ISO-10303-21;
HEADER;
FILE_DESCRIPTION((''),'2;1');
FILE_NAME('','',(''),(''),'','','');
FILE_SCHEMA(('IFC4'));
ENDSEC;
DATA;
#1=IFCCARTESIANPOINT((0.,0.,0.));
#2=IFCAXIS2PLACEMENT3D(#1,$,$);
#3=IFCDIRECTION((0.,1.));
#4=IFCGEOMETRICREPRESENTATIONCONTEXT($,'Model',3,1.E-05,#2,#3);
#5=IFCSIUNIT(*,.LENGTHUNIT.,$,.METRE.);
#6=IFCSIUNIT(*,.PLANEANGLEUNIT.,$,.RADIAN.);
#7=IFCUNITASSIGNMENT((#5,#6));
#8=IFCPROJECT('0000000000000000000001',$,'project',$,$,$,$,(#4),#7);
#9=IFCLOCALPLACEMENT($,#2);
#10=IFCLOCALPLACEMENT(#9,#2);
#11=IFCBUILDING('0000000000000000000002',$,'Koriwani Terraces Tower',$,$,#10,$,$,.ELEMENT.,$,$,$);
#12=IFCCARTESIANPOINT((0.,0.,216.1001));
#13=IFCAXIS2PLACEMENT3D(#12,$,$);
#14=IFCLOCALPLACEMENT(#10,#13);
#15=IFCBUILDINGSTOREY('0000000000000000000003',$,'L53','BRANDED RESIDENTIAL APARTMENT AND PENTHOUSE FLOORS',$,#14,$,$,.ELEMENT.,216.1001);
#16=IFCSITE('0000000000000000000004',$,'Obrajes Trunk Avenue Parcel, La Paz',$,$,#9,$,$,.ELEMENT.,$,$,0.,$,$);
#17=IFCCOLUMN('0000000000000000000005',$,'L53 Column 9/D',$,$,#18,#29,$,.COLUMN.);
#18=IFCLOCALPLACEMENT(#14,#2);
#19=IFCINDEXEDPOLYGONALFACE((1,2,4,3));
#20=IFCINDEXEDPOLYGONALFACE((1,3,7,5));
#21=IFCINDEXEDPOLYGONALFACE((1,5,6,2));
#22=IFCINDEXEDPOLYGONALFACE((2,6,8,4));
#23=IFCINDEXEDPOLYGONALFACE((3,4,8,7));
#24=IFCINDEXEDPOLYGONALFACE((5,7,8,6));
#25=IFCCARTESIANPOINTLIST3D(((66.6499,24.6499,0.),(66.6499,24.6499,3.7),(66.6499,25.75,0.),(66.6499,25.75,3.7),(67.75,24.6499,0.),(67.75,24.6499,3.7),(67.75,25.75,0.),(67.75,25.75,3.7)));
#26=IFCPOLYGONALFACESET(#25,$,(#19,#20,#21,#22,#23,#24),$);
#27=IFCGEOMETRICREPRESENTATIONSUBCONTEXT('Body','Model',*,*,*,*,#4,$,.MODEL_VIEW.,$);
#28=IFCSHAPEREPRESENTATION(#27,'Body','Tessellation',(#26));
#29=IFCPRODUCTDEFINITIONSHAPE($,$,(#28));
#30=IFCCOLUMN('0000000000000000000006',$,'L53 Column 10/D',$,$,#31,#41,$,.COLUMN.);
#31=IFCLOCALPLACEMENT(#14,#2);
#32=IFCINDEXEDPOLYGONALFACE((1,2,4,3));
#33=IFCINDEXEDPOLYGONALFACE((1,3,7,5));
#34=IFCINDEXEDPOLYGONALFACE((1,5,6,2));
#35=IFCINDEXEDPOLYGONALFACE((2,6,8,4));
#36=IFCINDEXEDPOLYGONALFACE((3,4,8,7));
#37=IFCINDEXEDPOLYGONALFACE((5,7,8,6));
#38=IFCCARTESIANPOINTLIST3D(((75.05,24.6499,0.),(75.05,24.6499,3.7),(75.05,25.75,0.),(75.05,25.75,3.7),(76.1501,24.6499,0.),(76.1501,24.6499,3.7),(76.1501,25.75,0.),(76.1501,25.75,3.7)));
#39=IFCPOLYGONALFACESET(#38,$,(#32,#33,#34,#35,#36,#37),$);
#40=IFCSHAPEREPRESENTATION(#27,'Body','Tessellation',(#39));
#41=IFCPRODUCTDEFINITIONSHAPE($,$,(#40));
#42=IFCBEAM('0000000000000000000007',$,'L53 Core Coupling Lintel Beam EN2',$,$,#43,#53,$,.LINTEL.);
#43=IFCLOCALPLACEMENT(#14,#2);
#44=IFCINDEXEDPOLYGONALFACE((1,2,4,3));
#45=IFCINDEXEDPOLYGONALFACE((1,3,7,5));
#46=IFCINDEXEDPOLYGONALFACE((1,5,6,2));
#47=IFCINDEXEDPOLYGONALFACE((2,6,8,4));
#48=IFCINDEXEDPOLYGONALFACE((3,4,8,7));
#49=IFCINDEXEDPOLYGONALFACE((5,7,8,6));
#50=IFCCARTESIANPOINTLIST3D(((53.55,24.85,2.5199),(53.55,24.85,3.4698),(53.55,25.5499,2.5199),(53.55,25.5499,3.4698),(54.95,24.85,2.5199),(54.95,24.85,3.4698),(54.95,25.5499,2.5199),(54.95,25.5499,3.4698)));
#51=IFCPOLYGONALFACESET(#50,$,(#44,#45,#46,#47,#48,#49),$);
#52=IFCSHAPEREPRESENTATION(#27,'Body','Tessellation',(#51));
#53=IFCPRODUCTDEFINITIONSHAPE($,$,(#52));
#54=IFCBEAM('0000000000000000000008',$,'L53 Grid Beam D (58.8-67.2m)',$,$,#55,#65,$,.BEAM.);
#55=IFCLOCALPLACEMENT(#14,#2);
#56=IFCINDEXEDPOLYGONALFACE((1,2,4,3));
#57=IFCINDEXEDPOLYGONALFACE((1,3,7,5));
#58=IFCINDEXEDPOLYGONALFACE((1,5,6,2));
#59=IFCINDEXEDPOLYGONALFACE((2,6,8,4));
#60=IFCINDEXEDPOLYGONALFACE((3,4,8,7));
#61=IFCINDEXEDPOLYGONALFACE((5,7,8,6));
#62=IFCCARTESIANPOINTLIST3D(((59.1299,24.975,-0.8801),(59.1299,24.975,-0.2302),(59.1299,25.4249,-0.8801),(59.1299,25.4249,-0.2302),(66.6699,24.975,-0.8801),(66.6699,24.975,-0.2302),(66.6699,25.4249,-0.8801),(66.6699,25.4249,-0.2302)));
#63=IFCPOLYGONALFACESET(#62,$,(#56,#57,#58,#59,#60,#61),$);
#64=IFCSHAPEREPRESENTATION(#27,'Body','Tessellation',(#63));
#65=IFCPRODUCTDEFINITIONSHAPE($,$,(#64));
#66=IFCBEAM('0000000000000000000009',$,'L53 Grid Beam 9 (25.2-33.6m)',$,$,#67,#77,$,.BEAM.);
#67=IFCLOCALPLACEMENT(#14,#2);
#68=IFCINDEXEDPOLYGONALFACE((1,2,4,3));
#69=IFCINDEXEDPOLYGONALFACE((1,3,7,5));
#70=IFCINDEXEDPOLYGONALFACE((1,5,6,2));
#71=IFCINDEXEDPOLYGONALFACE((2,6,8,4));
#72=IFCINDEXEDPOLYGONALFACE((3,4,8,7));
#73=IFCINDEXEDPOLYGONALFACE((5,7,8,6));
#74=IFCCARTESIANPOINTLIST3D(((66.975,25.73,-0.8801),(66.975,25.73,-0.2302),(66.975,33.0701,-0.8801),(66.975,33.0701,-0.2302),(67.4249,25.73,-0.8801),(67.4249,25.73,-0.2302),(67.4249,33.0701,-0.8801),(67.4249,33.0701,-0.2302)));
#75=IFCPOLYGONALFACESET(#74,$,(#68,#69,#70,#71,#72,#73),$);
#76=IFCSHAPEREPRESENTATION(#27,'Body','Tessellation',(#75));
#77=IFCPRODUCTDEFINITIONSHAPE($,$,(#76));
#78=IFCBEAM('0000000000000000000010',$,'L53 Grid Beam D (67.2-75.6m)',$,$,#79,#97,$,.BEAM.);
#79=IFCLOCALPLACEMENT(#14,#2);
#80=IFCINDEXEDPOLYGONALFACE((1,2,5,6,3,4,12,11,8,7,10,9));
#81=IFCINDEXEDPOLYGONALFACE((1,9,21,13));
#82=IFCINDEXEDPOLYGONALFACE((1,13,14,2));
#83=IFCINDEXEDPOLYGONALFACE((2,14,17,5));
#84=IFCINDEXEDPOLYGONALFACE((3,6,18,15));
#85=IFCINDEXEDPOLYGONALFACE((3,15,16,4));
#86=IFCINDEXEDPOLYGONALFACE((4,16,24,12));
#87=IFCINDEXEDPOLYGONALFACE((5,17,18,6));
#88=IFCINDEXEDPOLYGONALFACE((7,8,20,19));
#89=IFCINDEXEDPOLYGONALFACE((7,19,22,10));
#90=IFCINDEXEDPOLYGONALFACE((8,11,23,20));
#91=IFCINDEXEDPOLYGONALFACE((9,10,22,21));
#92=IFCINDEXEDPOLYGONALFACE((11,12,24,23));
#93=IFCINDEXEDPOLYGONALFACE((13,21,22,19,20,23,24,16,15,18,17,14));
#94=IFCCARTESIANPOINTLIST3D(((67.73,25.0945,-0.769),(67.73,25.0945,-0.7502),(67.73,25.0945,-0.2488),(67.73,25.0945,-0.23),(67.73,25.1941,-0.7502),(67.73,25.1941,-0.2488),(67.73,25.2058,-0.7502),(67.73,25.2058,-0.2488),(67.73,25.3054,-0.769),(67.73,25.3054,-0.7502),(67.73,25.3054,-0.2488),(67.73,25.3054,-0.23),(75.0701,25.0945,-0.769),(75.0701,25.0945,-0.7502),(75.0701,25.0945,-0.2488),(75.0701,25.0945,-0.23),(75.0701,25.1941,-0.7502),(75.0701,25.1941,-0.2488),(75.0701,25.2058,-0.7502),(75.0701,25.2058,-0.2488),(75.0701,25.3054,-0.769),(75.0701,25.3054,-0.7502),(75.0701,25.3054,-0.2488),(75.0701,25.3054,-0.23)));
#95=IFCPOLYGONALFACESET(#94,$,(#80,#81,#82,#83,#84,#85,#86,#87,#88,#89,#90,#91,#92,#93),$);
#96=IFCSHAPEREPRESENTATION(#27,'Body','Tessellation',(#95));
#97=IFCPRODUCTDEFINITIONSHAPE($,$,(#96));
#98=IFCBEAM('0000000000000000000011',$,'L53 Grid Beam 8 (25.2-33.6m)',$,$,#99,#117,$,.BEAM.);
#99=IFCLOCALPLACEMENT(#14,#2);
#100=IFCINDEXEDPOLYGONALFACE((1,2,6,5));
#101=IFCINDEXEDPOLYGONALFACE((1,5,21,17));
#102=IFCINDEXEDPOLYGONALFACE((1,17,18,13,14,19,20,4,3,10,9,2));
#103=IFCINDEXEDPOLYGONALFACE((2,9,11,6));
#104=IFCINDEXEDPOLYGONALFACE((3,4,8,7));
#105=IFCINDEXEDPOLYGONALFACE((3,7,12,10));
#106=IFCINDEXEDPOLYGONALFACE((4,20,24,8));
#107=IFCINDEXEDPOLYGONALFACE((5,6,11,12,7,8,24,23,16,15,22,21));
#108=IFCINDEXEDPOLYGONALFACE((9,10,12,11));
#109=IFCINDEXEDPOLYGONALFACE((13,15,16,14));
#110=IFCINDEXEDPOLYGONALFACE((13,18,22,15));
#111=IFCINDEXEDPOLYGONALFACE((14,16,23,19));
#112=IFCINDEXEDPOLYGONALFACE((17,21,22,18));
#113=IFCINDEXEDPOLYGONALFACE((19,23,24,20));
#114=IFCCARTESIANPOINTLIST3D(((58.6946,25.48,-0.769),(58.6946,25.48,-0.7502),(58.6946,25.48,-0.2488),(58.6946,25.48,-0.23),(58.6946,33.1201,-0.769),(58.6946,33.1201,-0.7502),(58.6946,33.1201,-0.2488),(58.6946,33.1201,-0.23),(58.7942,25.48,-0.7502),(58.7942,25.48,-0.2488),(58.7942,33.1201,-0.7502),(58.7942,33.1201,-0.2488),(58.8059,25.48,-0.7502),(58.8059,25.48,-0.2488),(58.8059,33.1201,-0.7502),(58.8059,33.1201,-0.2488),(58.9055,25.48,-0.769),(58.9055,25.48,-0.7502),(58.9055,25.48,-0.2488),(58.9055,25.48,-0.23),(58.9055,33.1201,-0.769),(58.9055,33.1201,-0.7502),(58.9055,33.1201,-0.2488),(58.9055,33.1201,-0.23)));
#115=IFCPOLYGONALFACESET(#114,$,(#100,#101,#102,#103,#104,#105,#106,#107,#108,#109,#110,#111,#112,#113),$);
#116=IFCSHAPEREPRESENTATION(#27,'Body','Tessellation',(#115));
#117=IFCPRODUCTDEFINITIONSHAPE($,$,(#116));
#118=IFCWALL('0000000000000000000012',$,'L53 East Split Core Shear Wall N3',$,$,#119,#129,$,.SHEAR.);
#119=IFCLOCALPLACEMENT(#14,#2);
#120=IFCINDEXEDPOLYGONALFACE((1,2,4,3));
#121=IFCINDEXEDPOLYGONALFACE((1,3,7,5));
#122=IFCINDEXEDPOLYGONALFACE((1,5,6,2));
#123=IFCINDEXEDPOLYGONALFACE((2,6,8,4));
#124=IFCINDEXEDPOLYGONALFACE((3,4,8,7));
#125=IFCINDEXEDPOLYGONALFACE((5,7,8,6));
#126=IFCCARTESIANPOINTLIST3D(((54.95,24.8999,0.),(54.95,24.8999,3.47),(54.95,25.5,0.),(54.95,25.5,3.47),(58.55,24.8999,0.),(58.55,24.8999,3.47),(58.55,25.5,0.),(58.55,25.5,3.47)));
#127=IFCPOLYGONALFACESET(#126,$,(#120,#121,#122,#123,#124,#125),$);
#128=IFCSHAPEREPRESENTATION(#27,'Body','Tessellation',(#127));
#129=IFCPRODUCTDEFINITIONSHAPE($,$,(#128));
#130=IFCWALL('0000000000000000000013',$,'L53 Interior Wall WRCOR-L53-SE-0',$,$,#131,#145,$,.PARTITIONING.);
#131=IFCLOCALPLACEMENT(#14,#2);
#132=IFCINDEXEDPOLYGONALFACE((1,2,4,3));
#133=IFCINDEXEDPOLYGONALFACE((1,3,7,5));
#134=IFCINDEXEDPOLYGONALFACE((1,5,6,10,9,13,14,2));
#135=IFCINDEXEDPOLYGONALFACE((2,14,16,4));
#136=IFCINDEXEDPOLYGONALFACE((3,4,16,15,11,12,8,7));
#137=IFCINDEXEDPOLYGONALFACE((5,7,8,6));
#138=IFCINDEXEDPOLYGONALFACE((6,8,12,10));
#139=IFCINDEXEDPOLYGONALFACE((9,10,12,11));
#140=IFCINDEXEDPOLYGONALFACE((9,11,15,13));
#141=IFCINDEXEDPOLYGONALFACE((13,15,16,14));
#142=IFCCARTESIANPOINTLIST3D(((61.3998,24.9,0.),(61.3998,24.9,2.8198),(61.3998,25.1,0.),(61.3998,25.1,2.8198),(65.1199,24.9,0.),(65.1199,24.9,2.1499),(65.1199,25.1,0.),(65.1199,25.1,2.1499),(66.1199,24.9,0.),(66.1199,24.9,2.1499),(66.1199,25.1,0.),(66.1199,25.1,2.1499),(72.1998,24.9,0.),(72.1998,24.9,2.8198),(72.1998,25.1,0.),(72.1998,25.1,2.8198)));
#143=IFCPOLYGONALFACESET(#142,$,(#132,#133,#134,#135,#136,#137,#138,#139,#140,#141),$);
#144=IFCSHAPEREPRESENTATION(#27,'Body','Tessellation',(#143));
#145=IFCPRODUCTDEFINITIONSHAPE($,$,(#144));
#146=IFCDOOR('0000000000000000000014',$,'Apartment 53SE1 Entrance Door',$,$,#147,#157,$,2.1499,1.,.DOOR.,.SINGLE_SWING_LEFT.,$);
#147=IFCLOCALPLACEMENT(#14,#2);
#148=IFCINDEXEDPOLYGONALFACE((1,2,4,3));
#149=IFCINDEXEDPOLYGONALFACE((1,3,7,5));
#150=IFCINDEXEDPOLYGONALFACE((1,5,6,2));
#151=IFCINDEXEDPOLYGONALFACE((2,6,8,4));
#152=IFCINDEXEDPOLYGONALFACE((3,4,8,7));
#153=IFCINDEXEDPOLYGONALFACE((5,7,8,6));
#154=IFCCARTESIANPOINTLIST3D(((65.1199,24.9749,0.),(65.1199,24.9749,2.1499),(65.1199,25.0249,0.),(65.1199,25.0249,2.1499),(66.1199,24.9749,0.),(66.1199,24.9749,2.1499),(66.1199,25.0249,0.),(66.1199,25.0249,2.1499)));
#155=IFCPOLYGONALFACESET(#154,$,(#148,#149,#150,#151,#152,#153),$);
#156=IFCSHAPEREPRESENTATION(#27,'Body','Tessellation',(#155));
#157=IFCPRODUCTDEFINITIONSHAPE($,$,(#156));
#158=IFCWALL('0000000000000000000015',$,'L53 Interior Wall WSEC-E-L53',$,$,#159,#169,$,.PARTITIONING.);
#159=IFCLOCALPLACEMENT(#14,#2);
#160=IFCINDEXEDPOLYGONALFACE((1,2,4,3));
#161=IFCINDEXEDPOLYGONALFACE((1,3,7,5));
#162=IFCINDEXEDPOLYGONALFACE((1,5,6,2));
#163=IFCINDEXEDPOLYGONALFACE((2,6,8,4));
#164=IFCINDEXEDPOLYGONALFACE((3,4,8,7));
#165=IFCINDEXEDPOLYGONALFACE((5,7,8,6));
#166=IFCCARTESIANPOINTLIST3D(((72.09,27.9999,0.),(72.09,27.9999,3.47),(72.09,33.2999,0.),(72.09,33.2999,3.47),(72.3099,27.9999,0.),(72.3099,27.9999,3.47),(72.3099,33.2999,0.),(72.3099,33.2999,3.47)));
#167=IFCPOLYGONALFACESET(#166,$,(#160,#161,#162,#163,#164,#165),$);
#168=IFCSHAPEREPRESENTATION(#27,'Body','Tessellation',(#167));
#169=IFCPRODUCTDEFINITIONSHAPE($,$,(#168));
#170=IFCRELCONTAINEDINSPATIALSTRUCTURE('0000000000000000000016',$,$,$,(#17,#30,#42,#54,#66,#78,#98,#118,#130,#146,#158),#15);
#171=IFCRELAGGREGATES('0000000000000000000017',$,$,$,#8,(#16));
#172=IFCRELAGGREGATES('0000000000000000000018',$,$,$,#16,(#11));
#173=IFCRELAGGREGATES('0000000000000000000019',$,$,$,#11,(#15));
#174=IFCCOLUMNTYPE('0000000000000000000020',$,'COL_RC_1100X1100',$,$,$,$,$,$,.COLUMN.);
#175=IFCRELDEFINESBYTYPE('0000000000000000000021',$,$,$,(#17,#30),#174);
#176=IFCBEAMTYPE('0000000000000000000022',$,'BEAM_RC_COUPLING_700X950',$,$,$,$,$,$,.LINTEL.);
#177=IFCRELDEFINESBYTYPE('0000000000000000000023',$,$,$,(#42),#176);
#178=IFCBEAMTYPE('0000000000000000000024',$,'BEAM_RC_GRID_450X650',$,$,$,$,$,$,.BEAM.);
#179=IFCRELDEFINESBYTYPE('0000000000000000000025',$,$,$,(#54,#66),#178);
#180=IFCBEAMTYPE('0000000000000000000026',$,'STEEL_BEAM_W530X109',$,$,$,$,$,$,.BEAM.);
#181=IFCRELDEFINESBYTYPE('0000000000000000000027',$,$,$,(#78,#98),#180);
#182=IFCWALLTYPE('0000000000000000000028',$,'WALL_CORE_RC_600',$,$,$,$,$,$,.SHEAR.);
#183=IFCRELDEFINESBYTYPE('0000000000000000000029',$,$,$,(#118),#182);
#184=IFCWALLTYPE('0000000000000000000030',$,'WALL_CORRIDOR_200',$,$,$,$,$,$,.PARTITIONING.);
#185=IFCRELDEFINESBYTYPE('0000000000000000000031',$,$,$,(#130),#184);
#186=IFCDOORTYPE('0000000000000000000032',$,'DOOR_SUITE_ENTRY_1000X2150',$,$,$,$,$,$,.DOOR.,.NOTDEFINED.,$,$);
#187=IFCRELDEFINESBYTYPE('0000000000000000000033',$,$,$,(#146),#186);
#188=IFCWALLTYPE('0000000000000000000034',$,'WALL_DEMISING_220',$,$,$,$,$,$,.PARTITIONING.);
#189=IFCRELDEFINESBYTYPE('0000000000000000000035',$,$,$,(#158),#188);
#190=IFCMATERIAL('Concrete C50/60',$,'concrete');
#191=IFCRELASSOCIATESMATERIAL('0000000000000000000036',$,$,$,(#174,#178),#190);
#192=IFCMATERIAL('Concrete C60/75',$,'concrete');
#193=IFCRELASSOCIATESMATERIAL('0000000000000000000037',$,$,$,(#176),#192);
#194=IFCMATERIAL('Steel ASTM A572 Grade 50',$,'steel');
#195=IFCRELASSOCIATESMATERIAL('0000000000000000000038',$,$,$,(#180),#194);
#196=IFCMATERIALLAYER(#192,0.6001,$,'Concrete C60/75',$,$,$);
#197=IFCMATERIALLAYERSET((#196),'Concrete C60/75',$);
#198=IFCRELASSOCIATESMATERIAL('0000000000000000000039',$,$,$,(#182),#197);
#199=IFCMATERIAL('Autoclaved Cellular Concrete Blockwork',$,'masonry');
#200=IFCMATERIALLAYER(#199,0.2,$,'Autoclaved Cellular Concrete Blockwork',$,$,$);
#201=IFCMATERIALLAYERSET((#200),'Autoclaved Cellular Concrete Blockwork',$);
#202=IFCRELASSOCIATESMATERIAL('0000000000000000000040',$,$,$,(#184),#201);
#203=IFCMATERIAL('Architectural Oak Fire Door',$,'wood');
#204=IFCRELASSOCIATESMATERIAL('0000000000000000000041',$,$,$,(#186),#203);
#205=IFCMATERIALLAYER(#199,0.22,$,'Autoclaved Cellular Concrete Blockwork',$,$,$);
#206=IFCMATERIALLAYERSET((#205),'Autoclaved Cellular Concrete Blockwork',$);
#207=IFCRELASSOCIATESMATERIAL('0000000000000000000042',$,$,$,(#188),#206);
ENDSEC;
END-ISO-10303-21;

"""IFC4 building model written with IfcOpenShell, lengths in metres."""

from ifc_helpers import new_model, si_unit, direction, frame, frame_2d, origin, origin_2d, place, context, subcontext, project, spatial, rectangle, i_section, extrude, material, layer, layer_set, material_profile, profile_set, type_object, element, fill, save


model = new_model("IFC4")

# Units and contexts
model_context = context("Model", 3, precision=1e-05, world=origin(), true_north=direction((0.0, 1.0)))
body_context = subcontext(model_context, "Body", "Model", "MODEL_VIEW")
ifc_project = project(units=[si_unit("LENGTHUNIT", "METRE"), si_unit("PLANEANGLEUNIT", "RADIAN")], contexts=[model_context])

# Site, building, storey
site_placement = place(None, origin())
site = spatial("IfcSite", under=ifc_project, at=site_placement, Name="Obrajes Trunk Avenue Parcel, La Paz", CompositionType="ELEMENT", RefElevation=0.0)
building_placement = place(site_placement, origin())
building = spatial("IfcBuilding", under=site, at=building_placement, Name="Koriwani Terraces Tower", CompositionType="ELEMENT")
storey_placement = place(building_placement, frame((0.0, 0.0, 216.1001)))
storey = spatial("IfcBuildingStorey", under=building, at=storey_placement, Name="L53", Description="BRANDED RESIDENTIAL APARTMENT AND PENTHOUSE FLOORS", CompositionType="ELEMENT", Elevation=216.1001)

# Columns
ifc_material_1 = material(Name="Concrete C50/60", Category="concrete")
ifc_material_profile_1 = material_profile(ifc_material_1, rectangle(XDim=1.1001, YDim=1.1001, at=origin_2d()), Name="Concrete C50/60", Category="LoadBearing")
ifc_profile_set_1 = profile_set([ifc_material_profile_1], Name="Concrete C50/60")
column_type = type_object("IfcColumnType", Name="COL_RC_1100X1100", PredefinedType="COLUMN", material=ifc_profile_set_1)
for number, where, z_axis, x_axis, name in (
    (1, (67.2, 25.2, 0.0), (0.0, 0.0, 1.0), (1.0, 0.0, 0.0), "L53 Column 9/D"),
    (2, (75.6001, 25.2, 0.0), (0.0, 0.0, 1.0), (1.0, 0.0, 0.0), "L53 Column 10/D"),
):
    element("IfcColumn", number, at=place(storey_placement, frame(where, z_axis=z_axis, x_axis=x_axis)), inside=storey, type_object=column_type, Name=name, PredefinedType="COLUMN", context=body_context, shape_type="SweptSolid", body=[
        extrude(rectangle(XDim=1.1001, YDim=1.1001, at=origin_2d()), origin(), (0.0, 0.0, 1.0), 3.7),
    ])

# Beams
ifc_material_2 = material(Name="Concrete C60/75", Category="concrete")
ifc_material_profile_2 = material_profile(ifc_material_2, rectangle(XDim=0.7, YDim=0.95, at=origin_2d()), Name="Concrete C60/75", Category="LoadBearing")
ifc_profile_set_2 = profile_set([ifc_material_profile_2], Name="Concrete C60/75")
beam_type_1 = type_object("IfcBeamType", Name="BEAM_RC_COUPLING_700X950", PredefinedType="LINTEL", material=ifc_profile_set_2)
beam_1_placement = place(storey_placement, frame((53.55, 25.2, 2.9949), z_axis=(1.0, 0.0, 0.0), x_axis=(0.0, 1.0, 0.0)))
element("IfcBeam", 3, at=beam_1_placement, inside=storey, type_object=beam_type_1, Name="L53 Core Coupling Lintel Beam EN2", PredefinedType="LINTEL", context=body_context, shape_type="SweptSolid", body=[
    extrude(rectangle(XDim=0.7, YDim=0.95, at=origin_2d()), origin(), (0.0, 0.0, 1.0), 1.3999),
])
ifc_material_profile_3 = material_profile(ifc_material_1, rectangle(XDim=0.45, YDim=0.6499, at=origin_2d()), Name="Concrete C50/60", Category="LoadBearing")
ifc_profile_set_3 = profile_set([ifc_material_profile_3], Name="Concrete C50/60")
beam_type_2 = type_object("IfcBeamType", Name="BEAM_RC_GRID_450X650", PredefinedType="BEAM", material=ifc_profile_set_3)
beam_2_placement = place(storey_placement, frame((59.1299, 25.2, -0.5552), z_axis=(1.0, 0.0, 0.0), x_axis=(0.0, 1.0, 0.0)))
element("IfcBeam", 4, at=beam_2_placement, inside=storey, type_object=beam_type_2, Name="L53 Grid Beam D (58.8-67.2m)", PredefinedType="BEAM", context=body_context, shape_type="SweptSolid", body=[
    extrude(rectangle(XDim=0.45, YDim=0.6499, at=origin_2d()), origin(), (0.0, 0.0, 1.0), 7.54),
])
beam_3_placement = place(storey_placement, frame((67.2, 25.73, -0.5552), z_axis=(0.0, 1.0, 0.0), x_axis=(-1.0, 0.0, 0.0)))
element("IfcBeam", 5, at=beam_3_placement, inside=storey, type_object=beam_type_2, Name="L53 Grid Beam 9 (25.2-33.6m)", PredefinedType="BEAM", context=body_context, shape_type="SweptSolid", body=[
    extrude(rectangle(XDim=0.45, YDim=0.6499, at=origin_2d()), origin(), (0.0, 0.0, 1.0), 7.3401),
])
ifc_material_3 = material(Name="Steel ASTM A572 Grade 50", Category="steel")
ifc_material_profile_4 = material_profile(ifc_material_3, i_section(OverallWidth=0.2109, OverallDepth=0.5391, WebThickness=0.0117, FlangeThickness=0.0188, at=origin_2d()), Name="Steel ASTM A572 Grade 50", Category="LoadBearing")
ifc_profile_set_4 = profile_set([ifc_material_profile_4], Name="Steel ASTM A572 Grade 50")
beam_type_3 = type_object("IfcBeamType", Name="STEEL_BEAM_W530X109", PredefinedType="BEAM", material=ifc_profile_set_4)
beam_4_placement = place(storey_placement, frame((67.73, 25.2, -0.4995), z_axis=(1.0, 0.0, 0.0), x_axis=(0.0, 1.0, 0.0)))
element("IfcBeam", 6, at=beam_4_placement, inside=storey, type_object=beam_type_3, Name="L53 Grid Beam D (67.2-75.6m)", PredefinedType="BEAM", context=body_context, shape_type="SweptSolid", body=[
    extrude(i_section(OverallWidth=0.2109, OverallDepth=0.5391, WebThickness=0.0117, FlangeThickness=0.0188, at=origin_2d()), origin(), (0.0, 0.0, 1.0), 7.3401),
])
beam_5_placement = place(storey_placement, frame((58.8, 25.48, -0.4995), z_axis=(0.0, 1.0, 0.0), x_axis=(-1.0, 0.0, 0.0)))
element("IfcBeam", 7, at=beam_5_placement, inside=storey, type_object=beam_type_3, Name="L53 Grid Beam 8 (25.2-33.6m)", PredefinedType="BEAM", context=body_context, shape_type="SweptSolid", body=[
    extrude(i_section(OverallWidth=0.2109, OverallDepth=0.5391, WebThickness=0.0117, FlangeThickness=0.0188, at=origin_2d()), origin(), (0.0, 0.0, 1.0), 7.6401),
])

# Wall
ifc_layer_1 = layer(ifc_material_2, 0.6001, Name="Concrete C60/75")
ifc_layer_set_1 = layer_set([ifc_layer_1], Name="Concrete C60/75")
wall_type_1 = type_object("IfcWallType", Name="WALL_CORE_RC_600", PredefinedType="SHEAR", material=ifc_layer_set_1)
wall_1_placement = place(storey_placement, frame((54.95, 25.2, 0.0), z_axis=(0.0, 0.0, 1.0), x_axis=(1.0, 0.0, 0.0)))
element("IfcWall", 8, at=wall_1_placement, inside=storey, type_object=wall_type_1, Name="L53 East Split Core Shear Wall N3", PredefinedType="SHEAR", context=body_context, shape_type="SweptSolid", body=[
    extrude(rectangle(XDim=3.6001, YDim=0.6001, at=frame_2d((1.8, 0.0))), origin(), (0.0, 0.0, 1.0), 3.47),
])

# Wall, opening, door
ifc_material_4 = material(Name="Autoclaved Cellular Concrete Blockwork", Category="masonry")
ifc_layer_2 = layer(ifc_material_4, 0.2, Name="Autoclaved Cellular Concrete Blockwork")
ifc_layer_set_2 = layer_set([ifc_layer_2], Name="Autoclaved Cellular Concrete Blockwork")
wall_type_2 = type_object("IfcWallType", Name="WALL_CORRIDOR_200", PredefinedType="PARTITIONING", material=ifc_layer_set_2)
wall_2_placement = place(storey_placement, frame((61.3999, 25.0, 0.0), z_axis=(0.0, 0.0, 1.0), x_axis=(1.0, 0.0, 0.0)))
wall_2 = element("IfcWall", 9, at=wall_2_placement, inside=storey, type_object=wall_type_2, Name="L53 Interior Wall WRCOR-L53-SE-0", PredefinedType="PARTITIONING", context=body_context, shape_type="SweptSolid", body=[
    extrude(rectangle(XDim=10.8, YDim=0.2, at=frame_2d((5.3999, 0.0))), origin(), (0.0, 0.0, 1.0), 2.8198),
])
opening_1_placement = place(wall_2_placement, frame((3.72, 0.0, 0.0)))
opening_1 = element("IfcOpeningElement", 10, at=opening_1_placement, cuts=wall_2, PredefinedType="OPENING", context=body_context, shape_type="SweptSolid", body=[
    extrude(rectangle(XDim=1.0, YDim=2.1499, at=frame_2d((0.5, 1.075))), frame((0.0, 0.1099, 0.0), z_axis=(0.0, -1.0, 0.0), x_axis=(1.0, 0.0, 0.0)), (0.0, 0.0, 1.0), 0.22),
])
ifc_material_5 = material(Name="Architectural Oak Fire Door", Category="wood")
door_type_1 = type_object("IfcDoorType", Name="DOOR_SUITE_ENTRY_1000X2150", OperationType="NOTDEFINED", PredefinedType="DOOR", material=ifc_material_5)
door_1_placement = place(opening_1_placement, origin())
door_1 = element("IfcDoor", 11, at=door_1_placement, inside=storey, type_object=door_type_1, Name="Apartment 53SE1 Entrance Door", OperationType="SINGLE_SWING_LEFT", OverallHeight=2.1499, OverallWidth=1.0, PredefinedType="DOOR", context=body_context, shape_type="SweptSolid", body=[
    extrude(rectangle(XDim=1.0, YDim=2.1499, at=frame_2d((0.5, 1.075))), frame((0.0, 0.0249, 0.0), z_axis=(0.0, -1.0, 0.0), x_axis=(1.0, 0.0, 0.0)), (0.0, 0.0, 1.0), 0.05),
])
fill(opening_1, door_1)

# Wall
ifc_layer_3 = layer(ifc_material_4, 0.22, Name="Autoclaved Cellular Concrete Blockwork")
ifc_layer_set_3 = layer_set([ifc_layer_3], Name="Autoclaved Cellular Concrete Blockwork")
wall_type_3 = type_object("IfcWallType", Name="WALL_DEMISING_220", PredefinedType="PARTITIONING", material=ifc_layer_set_3)
wall_3_placement = place(storey_placement, frame((72.2, 28.0, 0.0), z_axis=(0.0, 0.0, 1.0), x_axis=(0.0, 1.0, 0.0)))
element("IfcWall", 12, at=wall_3_placement, inside=storey, type_object=wall_type_3, Name="L53 Interior Wall WSEC-E-L53", PredefinedType="PARTITIONING", context=body_context, shape_type="SweptSolid", body=[
    extrude(rectangle(XDim=5.3, YDim=0.22, at=frame_2d((2.6499, 0.0))), origin(), (0.0, 0.0, 1.0), 3.47),
])

save(model, "model.ifc")
